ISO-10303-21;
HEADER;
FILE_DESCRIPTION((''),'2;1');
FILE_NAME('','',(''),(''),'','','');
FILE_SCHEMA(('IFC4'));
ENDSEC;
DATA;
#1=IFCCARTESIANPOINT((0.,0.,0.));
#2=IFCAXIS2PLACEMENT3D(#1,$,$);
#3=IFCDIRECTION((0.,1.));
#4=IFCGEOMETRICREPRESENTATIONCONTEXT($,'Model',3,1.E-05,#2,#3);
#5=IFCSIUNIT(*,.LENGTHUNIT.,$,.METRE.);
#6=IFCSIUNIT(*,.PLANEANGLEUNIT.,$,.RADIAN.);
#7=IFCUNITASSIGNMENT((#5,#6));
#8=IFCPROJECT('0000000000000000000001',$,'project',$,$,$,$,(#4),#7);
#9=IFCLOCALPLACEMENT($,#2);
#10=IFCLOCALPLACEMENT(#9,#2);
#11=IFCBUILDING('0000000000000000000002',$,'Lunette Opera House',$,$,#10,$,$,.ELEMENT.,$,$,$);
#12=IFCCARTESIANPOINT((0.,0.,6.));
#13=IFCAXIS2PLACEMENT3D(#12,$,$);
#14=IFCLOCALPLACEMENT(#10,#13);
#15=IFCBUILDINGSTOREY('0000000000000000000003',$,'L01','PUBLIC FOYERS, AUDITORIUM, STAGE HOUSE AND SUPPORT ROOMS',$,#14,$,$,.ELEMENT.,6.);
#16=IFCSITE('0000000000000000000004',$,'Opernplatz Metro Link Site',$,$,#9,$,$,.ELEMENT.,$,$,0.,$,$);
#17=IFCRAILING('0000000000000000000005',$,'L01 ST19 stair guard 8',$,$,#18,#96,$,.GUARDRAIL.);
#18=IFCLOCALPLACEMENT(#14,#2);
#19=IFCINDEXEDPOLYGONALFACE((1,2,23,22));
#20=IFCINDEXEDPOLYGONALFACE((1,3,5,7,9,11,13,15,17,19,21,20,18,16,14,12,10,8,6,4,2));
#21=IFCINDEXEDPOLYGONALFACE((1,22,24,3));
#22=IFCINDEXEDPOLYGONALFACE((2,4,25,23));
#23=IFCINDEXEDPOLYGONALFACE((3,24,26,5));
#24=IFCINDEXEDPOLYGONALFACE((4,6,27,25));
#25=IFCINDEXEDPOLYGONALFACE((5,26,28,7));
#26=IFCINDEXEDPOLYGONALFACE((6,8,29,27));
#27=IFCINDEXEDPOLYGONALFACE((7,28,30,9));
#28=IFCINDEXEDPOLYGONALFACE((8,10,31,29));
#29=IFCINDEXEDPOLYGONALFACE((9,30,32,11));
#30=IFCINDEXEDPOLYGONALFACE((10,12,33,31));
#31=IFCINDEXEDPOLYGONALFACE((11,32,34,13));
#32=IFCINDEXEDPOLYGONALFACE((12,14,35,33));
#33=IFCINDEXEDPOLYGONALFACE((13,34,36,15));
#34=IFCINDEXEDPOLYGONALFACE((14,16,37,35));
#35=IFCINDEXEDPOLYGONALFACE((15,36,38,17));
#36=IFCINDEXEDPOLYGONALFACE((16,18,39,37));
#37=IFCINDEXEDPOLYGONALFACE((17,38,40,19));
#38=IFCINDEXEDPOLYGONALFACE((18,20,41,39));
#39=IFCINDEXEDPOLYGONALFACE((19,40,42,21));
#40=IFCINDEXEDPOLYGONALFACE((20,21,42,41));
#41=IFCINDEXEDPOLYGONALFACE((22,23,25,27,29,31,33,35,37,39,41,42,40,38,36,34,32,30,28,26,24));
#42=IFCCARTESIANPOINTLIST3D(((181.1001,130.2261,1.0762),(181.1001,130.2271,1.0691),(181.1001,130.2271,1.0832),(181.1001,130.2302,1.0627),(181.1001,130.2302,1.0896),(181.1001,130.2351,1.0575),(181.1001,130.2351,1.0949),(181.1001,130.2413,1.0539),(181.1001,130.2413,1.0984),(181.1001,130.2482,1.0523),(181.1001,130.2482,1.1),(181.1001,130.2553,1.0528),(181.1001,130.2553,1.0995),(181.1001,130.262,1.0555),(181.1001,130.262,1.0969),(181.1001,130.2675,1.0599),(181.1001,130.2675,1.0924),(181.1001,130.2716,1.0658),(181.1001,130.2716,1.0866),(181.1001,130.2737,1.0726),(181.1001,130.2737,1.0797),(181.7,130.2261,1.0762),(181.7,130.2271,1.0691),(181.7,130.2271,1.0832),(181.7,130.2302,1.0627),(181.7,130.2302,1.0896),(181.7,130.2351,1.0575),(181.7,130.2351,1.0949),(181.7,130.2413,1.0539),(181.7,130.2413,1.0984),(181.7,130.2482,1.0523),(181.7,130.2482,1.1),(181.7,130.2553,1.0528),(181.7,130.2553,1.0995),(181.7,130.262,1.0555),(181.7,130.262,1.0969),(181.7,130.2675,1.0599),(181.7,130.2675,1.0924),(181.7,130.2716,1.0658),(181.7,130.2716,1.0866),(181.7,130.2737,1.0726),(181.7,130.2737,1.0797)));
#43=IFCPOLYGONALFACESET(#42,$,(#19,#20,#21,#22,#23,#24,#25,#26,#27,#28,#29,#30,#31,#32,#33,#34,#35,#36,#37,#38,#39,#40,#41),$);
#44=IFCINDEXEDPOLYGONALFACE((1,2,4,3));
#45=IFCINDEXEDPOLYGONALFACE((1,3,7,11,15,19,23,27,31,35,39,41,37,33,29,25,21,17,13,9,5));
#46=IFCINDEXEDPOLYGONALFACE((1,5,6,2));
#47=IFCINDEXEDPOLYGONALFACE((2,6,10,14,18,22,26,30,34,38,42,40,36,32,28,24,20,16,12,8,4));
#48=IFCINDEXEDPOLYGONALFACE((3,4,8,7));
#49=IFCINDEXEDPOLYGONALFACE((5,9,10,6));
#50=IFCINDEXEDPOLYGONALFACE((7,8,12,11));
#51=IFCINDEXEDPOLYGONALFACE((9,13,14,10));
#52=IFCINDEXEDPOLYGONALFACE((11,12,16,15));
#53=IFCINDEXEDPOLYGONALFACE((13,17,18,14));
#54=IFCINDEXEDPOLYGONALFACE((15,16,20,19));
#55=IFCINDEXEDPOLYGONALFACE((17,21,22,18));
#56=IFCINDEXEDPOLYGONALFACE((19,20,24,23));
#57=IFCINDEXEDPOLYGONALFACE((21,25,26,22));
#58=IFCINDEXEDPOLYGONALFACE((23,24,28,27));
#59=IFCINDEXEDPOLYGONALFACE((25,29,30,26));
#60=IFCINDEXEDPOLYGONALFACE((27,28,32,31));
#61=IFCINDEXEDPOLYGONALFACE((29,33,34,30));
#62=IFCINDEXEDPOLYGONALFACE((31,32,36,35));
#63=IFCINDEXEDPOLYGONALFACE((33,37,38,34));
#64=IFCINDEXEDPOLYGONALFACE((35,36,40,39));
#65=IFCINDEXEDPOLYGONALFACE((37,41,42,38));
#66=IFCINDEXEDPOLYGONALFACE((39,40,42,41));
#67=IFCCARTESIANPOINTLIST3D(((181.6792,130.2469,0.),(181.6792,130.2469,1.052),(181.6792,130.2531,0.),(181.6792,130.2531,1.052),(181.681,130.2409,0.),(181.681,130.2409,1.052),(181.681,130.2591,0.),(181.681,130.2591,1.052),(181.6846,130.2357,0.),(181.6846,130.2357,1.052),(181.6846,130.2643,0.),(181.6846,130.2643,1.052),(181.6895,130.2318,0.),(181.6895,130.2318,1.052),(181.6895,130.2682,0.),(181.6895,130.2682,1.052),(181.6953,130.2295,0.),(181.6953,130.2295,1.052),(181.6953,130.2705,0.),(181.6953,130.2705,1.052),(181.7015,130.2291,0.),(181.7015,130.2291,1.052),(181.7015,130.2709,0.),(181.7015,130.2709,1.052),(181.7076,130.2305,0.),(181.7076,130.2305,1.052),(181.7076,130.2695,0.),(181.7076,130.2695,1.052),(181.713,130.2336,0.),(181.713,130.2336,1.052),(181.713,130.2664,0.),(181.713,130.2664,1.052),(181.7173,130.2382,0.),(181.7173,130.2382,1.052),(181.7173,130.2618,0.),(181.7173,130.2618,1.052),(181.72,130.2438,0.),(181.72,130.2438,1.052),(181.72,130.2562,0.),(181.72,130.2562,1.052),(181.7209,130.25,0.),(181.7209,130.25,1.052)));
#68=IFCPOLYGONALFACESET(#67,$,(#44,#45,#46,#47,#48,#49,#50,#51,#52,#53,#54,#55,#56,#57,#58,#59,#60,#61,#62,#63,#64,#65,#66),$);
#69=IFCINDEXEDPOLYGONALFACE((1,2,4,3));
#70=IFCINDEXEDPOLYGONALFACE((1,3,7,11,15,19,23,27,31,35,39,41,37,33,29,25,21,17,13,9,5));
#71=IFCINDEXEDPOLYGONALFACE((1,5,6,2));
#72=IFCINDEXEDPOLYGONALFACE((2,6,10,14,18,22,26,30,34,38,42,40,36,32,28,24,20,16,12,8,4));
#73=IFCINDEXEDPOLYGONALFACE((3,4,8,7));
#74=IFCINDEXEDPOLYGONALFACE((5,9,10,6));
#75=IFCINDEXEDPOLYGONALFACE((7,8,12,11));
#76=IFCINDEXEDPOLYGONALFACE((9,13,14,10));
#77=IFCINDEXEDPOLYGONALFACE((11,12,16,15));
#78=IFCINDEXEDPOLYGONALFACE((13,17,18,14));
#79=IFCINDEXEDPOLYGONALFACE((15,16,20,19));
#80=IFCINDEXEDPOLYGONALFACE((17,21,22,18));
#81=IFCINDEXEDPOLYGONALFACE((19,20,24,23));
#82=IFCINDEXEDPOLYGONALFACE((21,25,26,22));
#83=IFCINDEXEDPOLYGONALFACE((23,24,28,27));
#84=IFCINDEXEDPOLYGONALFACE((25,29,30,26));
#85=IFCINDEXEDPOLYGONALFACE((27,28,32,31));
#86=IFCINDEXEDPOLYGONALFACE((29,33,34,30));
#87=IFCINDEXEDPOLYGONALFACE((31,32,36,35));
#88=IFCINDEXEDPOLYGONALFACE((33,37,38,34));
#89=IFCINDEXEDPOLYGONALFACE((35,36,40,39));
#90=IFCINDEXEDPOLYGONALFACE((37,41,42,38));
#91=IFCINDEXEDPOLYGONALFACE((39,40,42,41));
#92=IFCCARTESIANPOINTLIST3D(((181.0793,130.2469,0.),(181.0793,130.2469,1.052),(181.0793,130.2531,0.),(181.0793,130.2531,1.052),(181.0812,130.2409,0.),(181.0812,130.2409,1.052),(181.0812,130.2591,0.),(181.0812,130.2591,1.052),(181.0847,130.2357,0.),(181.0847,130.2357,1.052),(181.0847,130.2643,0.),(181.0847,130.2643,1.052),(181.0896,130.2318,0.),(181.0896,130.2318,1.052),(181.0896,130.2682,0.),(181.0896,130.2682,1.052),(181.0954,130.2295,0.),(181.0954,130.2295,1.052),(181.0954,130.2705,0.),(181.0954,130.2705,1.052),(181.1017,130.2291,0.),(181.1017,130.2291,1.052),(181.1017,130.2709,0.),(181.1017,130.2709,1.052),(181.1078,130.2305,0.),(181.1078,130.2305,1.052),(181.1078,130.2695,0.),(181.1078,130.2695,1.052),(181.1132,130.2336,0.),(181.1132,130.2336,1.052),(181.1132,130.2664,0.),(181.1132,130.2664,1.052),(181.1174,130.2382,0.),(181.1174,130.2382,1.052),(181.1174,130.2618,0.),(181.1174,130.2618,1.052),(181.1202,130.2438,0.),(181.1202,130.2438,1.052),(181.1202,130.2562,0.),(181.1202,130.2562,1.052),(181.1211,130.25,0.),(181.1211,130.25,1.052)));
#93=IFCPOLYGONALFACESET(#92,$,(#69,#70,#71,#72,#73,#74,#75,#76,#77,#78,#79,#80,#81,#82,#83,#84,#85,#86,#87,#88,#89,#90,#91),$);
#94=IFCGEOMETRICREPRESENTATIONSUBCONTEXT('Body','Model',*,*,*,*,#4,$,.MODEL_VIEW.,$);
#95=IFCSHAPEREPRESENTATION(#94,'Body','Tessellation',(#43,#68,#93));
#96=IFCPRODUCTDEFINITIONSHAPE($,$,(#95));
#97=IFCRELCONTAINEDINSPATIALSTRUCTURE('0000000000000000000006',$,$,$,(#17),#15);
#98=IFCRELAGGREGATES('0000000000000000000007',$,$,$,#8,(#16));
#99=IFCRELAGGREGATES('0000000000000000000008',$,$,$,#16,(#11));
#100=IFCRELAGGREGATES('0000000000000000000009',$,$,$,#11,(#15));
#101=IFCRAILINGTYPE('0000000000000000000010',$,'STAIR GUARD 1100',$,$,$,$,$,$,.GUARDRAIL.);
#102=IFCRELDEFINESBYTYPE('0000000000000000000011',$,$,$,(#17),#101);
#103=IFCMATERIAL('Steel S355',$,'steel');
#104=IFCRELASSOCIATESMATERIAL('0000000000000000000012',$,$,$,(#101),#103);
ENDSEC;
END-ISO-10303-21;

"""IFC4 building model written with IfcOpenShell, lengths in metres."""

from ifc_helpers import new_model, si_unit, direction, frame, origin, origin_2d, place, context, subcontext, project, spatial, circle, extrude, material, type_object, element, save


model = new_model("IFC4")

# Units and contexts
model_context = context("Model", 3, precision=1e-05, world=origin(), true_north=direction((0.0, 1.0)))
body_context = subcontext(model_context, "Body", "Model", "MODEL_VIEW")
ifc_project = project(units=[si_unit("LENGTHUNIT", "METRE"), si_unit("PLANEANGLEUNIT", "RADIAN")], contexts=[model_context])

# Site, building, storey
site_placement = place(None, origin())
site = spatial("IfcSite", under=ifc_project, at=site_placement, Name="Opernplatz Metro Link Site", CompositionType="ELEMENT", RefElevation=0.0)
building_placement = place(site_placement, origin())
building = spatial("IfcBuilding", under=site, at=building_placement, Name="Lunette Opera House", CompositionType="ELEMENT")
storey_placement = place(building_placement, frame((0.0, 0.0, 6.0)))
storey = spatial("IfcBuildingStorey", under=building, at=storey_placement, Name="L01", Description="PUBLIC FOYERS, AUDITORIUM, STAGE HOUSE AND SUPPORT ROOMS", CompositionType="ELEMENT", Elevation=6.0)

# Railing
ifc_material_1 = material(Name="Steel S355", Category="steel")
railing_type_1 = type_object("IfcRailingType", Name="STAIR GUARD 1100", PredefinedType="GUARDRAIL", material=ifc_material_1)
railing_1_placement = place(storey_placement, frame((181.7, 130.25, 0.0)))
element("IfcRailing", 1, at=railing_1_placement, inside=storey, type_object=railing_type_1, Name="L01 ST19 stair guard 8", PredefinedType="GUARDRAIL", context=body_context, shape_type="SweptSolid", body=[
    extrude(circle(Radius=0.0239, at=origin_2d()), frame((0.0, 0.0, 1.0762), z_axis=(-1.0, 0.0, 0.0), x_axis=(0.0, -1.0, 0.0)), (0.0, 0.0, 1.0), 0.5999),
    extrude(circle(Radius=0.021, at=origin_2d()), origin(), (0.0, 0.0, 1.0), 1.052),
    extrude(circle(Radius=0.021, at=origin_2d()), frame((-0.5999, 0.0, 0.0)), (0.0, 0.0, 1.0), 1.052),
])

save(model, "model.ifc")
